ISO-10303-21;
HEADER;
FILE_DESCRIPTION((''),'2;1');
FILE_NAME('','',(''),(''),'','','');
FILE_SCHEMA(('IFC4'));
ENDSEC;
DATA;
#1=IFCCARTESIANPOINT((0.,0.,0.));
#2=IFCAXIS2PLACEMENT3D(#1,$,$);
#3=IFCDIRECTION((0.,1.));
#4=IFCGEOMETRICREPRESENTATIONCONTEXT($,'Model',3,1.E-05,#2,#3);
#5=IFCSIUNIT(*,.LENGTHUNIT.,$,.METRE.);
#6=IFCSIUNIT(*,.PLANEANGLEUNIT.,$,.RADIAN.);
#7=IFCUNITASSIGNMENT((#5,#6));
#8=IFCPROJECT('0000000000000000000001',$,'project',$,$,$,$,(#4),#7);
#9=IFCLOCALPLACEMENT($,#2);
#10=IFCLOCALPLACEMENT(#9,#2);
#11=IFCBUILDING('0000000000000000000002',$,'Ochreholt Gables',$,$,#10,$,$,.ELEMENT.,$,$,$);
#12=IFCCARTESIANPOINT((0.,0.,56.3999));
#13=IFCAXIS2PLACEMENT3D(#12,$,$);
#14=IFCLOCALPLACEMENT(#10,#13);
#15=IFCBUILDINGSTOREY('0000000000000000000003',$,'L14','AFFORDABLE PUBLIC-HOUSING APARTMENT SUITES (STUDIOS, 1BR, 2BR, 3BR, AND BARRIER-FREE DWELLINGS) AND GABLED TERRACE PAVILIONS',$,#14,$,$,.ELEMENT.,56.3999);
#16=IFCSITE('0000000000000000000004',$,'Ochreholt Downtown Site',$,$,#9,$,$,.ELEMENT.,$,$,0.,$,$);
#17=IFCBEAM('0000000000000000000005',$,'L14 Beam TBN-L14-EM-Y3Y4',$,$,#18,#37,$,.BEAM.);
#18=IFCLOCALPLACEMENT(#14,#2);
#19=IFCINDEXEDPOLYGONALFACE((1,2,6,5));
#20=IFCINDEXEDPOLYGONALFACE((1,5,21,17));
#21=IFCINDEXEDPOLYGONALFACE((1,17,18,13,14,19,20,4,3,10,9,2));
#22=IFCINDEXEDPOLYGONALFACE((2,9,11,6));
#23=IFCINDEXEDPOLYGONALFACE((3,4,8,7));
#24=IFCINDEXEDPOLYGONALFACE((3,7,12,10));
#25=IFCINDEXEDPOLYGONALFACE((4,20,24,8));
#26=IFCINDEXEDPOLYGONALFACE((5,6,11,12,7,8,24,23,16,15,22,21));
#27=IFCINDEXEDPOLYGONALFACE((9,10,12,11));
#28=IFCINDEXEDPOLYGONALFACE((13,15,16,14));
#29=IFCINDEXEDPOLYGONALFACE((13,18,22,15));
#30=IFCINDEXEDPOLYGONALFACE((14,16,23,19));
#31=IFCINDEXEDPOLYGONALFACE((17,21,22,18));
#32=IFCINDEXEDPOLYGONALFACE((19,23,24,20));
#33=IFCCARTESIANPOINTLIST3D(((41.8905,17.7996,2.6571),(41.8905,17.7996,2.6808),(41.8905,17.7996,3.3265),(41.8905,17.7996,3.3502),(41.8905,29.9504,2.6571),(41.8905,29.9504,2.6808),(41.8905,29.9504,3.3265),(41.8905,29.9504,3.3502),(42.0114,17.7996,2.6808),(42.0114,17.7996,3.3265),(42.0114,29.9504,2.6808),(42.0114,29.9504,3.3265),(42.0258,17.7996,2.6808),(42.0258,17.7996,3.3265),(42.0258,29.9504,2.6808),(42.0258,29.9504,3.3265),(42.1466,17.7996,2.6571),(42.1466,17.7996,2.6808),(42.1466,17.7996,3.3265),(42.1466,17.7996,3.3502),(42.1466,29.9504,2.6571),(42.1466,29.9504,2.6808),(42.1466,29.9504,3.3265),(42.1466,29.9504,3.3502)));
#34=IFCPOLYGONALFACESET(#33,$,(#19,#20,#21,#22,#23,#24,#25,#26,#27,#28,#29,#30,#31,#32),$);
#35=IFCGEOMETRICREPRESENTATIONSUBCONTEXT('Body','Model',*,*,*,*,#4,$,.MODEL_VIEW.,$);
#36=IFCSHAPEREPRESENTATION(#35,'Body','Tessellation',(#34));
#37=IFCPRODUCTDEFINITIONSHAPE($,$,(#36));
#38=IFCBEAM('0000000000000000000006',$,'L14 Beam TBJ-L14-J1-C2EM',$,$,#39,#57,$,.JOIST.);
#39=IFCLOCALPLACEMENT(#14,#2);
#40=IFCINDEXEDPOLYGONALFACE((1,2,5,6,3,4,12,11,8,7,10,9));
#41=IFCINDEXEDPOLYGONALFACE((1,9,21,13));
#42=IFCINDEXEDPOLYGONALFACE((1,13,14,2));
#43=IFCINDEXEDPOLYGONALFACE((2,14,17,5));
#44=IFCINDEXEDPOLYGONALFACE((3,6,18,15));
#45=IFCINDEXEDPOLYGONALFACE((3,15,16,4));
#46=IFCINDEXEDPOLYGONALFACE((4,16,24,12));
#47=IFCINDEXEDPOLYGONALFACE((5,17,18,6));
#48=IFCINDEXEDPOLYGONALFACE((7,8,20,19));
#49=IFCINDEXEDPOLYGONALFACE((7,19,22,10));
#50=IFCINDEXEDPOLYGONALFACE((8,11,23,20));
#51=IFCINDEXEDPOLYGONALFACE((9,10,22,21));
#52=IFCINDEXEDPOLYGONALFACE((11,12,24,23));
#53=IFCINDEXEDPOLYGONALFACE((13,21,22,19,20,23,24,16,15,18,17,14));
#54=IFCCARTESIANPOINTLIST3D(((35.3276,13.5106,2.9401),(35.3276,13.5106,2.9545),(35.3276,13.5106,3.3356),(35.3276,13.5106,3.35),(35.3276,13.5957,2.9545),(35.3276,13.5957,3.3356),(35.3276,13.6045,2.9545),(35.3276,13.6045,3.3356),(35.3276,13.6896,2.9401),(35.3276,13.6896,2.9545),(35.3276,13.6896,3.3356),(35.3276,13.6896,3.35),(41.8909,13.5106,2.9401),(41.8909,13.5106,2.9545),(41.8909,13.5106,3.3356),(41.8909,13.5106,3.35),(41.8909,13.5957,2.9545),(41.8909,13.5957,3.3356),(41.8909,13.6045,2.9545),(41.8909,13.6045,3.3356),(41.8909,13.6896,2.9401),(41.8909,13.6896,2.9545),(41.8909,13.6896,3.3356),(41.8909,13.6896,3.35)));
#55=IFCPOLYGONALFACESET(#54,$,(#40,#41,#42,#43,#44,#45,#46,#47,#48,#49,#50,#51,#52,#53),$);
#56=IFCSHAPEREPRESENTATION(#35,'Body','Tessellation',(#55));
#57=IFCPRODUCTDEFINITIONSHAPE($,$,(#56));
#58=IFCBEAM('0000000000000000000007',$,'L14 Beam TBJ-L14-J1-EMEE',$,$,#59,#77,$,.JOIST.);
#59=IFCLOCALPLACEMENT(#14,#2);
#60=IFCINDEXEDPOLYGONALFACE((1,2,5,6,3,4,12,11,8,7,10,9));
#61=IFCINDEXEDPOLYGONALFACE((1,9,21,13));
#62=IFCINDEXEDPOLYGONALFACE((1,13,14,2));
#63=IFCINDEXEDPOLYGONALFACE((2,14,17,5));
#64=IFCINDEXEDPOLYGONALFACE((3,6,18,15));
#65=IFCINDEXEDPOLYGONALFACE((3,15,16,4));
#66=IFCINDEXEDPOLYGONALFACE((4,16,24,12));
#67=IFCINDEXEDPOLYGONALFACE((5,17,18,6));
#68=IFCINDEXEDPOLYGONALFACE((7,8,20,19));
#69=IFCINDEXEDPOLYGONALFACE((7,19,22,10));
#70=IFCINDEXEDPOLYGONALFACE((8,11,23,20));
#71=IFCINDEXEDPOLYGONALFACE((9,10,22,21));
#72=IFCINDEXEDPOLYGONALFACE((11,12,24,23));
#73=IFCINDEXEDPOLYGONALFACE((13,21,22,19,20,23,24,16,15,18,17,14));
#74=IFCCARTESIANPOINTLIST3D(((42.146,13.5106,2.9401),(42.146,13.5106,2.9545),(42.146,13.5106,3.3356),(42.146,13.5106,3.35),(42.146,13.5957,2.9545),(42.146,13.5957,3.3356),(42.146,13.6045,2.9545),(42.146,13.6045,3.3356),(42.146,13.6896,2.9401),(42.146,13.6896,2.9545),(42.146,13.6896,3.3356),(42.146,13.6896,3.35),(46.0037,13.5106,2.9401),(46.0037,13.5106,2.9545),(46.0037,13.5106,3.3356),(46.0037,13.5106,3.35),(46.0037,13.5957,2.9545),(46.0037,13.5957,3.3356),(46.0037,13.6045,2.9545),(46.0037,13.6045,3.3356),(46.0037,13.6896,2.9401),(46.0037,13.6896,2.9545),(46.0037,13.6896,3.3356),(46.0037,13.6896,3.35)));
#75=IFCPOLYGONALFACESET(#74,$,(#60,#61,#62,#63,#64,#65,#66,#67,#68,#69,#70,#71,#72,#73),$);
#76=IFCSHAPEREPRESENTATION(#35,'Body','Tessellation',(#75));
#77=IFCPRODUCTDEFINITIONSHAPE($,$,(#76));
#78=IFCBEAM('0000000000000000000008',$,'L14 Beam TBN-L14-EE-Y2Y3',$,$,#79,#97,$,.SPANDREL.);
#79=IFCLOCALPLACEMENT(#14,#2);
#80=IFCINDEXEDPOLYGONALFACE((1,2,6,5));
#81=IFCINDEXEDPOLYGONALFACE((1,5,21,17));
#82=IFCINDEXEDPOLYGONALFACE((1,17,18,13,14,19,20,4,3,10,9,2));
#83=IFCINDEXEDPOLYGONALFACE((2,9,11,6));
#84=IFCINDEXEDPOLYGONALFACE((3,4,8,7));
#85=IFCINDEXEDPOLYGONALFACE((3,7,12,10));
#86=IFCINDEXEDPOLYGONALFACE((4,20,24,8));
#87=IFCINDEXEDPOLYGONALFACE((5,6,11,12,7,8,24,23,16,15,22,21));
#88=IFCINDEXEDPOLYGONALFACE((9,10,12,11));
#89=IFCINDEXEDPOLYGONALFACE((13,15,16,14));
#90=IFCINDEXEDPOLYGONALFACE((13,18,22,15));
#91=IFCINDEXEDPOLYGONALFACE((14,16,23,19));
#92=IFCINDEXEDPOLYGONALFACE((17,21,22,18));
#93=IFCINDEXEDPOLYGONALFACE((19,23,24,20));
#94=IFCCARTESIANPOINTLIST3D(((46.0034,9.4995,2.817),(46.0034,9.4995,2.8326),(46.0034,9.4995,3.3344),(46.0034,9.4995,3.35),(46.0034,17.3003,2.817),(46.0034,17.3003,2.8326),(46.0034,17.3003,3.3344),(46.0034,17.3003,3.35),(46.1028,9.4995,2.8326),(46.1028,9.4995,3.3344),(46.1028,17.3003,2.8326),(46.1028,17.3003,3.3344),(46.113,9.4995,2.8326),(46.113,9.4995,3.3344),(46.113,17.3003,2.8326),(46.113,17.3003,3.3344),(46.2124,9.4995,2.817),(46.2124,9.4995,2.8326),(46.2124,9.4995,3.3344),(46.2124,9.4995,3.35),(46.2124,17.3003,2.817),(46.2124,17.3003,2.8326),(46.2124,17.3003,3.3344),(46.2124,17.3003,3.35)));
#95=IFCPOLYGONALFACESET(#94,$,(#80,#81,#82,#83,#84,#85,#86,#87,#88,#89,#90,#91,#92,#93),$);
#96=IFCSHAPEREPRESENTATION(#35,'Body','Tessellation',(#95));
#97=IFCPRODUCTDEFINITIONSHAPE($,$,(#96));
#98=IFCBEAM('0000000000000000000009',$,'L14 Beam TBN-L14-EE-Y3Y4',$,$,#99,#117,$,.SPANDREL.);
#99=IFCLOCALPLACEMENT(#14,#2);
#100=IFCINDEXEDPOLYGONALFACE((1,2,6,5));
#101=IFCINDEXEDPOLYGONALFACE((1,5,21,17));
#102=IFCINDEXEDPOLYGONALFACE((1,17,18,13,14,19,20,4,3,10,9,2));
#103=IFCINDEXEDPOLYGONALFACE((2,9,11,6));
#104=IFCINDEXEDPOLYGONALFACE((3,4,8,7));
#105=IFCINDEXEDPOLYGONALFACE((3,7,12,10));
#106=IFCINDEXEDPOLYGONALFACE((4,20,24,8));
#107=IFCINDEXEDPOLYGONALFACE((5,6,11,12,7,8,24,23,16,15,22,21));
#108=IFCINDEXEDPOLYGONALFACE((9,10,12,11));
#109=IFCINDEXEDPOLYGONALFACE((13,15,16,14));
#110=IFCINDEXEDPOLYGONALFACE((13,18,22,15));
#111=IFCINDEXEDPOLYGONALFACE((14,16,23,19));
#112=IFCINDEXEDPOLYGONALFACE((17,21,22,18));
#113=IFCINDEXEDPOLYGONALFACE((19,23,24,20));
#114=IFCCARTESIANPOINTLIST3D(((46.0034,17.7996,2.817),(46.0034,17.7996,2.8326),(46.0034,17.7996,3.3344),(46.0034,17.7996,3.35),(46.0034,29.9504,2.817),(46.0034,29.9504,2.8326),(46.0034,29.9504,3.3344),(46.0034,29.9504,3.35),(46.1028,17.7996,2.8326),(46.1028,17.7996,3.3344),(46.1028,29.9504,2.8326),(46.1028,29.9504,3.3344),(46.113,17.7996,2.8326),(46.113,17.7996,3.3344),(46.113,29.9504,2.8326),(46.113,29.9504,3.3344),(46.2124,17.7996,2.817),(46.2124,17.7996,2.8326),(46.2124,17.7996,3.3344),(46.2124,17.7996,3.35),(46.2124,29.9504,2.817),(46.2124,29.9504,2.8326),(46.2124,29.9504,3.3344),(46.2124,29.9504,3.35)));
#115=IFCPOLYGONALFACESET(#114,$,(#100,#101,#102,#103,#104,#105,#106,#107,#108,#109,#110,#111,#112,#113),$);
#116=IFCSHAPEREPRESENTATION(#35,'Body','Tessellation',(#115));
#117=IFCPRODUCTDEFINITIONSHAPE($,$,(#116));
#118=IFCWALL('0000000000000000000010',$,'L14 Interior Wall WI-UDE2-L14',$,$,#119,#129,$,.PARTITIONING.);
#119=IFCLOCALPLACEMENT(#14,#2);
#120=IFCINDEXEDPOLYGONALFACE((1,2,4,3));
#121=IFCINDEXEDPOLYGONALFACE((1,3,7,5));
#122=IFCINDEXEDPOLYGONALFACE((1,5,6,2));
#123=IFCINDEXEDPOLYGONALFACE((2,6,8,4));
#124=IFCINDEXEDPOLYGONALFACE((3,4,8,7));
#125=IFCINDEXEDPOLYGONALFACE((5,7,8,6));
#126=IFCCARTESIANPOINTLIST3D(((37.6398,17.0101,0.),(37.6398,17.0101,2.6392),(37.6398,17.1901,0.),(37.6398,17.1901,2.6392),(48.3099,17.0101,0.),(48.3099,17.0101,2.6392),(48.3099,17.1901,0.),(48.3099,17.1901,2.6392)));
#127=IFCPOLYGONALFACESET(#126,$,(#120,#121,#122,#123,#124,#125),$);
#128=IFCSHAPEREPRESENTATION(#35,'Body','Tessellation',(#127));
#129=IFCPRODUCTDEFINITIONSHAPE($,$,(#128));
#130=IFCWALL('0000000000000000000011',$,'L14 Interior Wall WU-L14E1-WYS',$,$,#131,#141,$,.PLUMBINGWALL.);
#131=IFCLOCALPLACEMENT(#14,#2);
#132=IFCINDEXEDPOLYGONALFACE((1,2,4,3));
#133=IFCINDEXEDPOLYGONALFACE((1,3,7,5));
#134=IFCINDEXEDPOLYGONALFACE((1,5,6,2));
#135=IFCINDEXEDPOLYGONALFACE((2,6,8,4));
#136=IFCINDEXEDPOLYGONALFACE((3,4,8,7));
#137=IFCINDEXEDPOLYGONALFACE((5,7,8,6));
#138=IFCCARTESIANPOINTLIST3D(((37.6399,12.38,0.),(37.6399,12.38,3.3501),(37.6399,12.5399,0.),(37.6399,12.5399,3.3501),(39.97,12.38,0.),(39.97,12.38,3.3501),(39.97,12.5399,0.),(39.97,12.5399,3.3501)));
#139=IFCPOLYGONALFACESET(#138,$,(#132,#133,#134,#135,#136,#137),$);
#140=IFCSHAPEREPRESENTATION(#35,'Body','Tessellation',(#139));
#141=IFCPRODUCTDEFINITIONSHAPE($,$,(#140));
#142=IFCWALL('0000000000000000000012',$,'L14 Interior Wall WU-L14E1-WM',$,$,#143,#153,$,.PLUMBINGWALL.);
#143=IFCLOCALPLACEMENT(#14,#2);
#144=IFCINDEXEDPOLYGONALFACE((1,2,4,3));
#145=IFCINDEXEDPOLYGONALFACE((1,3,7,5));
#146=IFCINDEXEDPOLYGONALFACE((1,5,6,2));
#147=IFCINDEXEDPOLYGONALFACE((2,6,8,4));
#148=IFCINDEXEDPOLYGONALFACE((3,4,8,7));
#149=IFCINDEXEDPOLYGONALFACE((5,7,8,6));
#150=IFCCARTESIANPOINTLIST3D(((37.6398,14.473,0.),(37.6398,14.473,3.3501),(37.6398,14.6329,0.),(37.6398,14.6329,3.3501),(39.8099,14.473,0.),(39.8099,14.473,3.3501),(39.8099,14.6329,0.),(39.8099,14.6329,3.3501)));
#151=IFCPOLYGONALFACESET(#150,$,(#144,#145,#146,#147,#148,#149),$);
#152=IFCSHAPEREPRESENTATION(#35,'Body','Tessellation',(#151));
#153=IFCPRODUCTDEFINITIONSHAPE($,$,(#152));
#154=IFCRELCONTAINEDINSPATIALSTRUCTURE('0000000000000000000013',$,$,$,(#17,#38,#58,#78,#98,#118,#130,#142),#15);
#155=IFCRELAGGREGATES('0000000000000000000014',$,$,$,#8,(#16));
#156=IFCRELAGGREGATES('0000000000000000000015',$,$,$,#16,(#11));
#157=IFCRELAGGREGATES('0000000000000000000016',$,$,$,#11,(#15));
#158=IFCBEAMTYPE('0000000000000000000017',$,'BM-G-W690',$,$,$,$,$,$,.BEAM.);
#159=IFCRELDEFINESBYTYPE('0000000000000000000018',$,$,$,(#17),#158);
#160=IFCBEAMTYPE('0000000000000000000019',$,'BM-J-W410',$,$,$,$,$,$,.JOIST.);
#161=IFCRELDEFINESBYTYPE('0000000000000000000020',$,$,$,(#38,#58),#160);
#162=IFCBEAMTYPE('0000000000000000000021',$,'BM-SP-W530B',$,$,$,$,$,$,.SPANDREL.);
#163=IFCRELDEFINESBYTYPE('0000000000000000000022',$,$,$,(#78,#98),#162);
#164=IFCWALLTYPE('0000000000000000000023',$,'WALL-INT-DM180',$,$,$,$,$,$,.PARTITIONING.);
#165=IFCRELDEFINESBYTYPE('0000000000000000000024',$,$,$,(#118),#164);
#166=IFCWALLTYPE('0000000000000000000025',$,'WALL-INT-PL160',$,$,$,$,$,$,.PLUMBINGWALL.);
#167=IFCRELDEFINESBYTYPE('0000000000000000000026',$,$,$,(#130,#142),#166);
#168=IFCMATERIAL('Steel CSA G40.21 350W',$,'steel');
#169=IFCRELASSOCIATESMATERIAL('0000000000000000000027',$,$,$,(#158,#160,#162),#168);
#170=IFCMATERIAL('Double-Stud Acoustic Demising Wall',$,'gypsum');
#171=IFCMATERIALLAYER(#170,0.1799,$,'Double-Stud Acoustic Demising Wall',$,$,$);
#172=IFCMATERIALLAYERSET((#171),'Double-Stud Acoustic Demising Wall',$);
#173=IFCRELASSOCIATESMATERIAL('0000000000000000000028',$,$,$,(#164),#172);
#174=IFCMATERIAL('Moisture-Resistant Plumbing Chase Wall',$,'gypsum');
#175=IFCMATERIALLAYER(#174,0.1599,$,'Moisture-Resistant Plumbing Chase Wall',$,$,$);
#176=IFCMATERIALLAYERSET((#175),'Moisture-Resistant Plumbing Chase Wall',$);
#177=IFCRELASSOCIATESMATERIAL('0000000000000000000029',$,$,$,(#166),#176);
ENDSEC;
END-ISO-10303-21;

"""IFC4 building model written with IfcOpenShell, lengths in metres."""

from ifc_helpers import new_model, si_unit, direction, frame, frame_2d, origin, origin_2d, place, context, subcontext, project, spatial, rectangle, i_section, extrude, material, layer, layer_set, material_profile, profile_set, type_object, element, save


model = new_model("IFC4")

# Units and contexts
model_context = context("Model", 3, precision=1e-05, world=origin(), true_north=direction((0.0, 1.0)))
body_context = subcontext(model_context, "Body", "Model", "MODEL_VIEW")
ifc_project = project(units=[si_unit("LENGTHUNIT", "METRE"), si_unit("PLANEANGLEUNIT", "RADIAN")], contexts=[model_context])

# Site, building, storey
site_placement = place(None, origin())
site = spatial("IfcSite", under=ifc_project, at=site_placement, Name="Ochreholt Downtown Site", CompositionType="ELEMENT", RefElevation=0.0)
building_placement = place(site_placement, origin())
building = spatial("IfcBuilding", under=site, at=building_placement, Name="Ochreholt Gables", CompositionType="ELEMENT")
storey_placement = place(building_placement, frame((0.0, 0.0, 56.3999)))
storey = spatial("IfcBuildingStorey", under=building, at=storey_placement, Name="L14", Description="AFFORDABLE PUBLIC-HOUSING APARTMENT SUITES (STUDIOS, 1BR, 2BR, 3BR, AND BARRIER-FREE DWELLINGS) AND GABLED TERRACE PAVILIONS", CompositionType="ELEMENT", Elevation=56.3999)

# Shared definitions
ifc_material_1 = material(Name="Steel CSA G40.21 350W", Category="steel")

# Beams
ifc_material_profile_1 = material_profile(ifc_material_1, i_section(OverallWidth=0.2561, OverallDepth=0.6931, WebThickness=0.0144, FlangeThickness=0.0237, at=origin_2d()), Name="W690X170")
ifc_profile_set_1 = profile_set([ifc_material_profile_1], Name="Steel CSA G40.21 350W")
beam_type_1 = type_object("IfcBeamType", Name="BM-G-W690", PredefinedType="BEAM", material=ifc_profile_set_1)
beam_1_placement = place(storey_placement, frame((42.0186, 17.7996, 3.0037), z_axis=(0.0, 1.0, 0.0), x_axis=(-1.0, 0.0, 0.0)))
element("IfcBeam", 1, at=beam_1_placement, inside=storey, type_object=beam_type_1, Name="L14 Beam TBN-L14-EM-Y3Y4", PredefinedType="BEAM", context=body_context, shape_type="SweptSolid", body=[
    extrude(i_section(OverallWidth=0.2561, OverallDepth=0.6931, WebThickness=0.0144, FlangeThickness=0.0237, at=origin_2d()), origin(), (0.0, 0.0, 1.0), 12.1509),
])
ifc_material_profile_2 = material_profile(ifc_material_1, i_section(OverallWidth=0.179, OverallDepth=0.4099, WebThickness=0.0088, FlangeThickness=0.0144, at=origin_2d()), Name="W410X67")
ifc_profile_set_2 = profile_set([ifc_material_profile_2], Name="Steel CSA G40.21 350W")
beam_type_2 = type_object("IfcBeamType", Name="BM-J-W410", PredefinedType="JOIST", material=ifc_profile_set_2)
beam_2_placement = place(storey_placement, frame((35.3276, 13.6001, 3.145), z_axis=(1.0, 0.0, 0.0), x_axis=(0.0, 1.0, 0.0)))
element("IfcBeam", 2, at=beam_2_placement, inside=storey, type_object=beam_type_2, Name="L14 Beam TBJ-L14-J1-C2EM", PredefinedType="JOIST", context=body_context, shape_type="SweptSolid", body=[
    extrude(i_section(OverallWidth=0.179, OverallDepth=0.4099, WebThickness=0.0088, FlangeThickness=0.0144, at=origin_2d()), origin(), (0.0, 0.0, 1.0), 6.5632),
])
beam_3_placement = place(storey_placement, frame((42.146, 13.6001, 3.145), z_axis=(1.0, 0.0, 0.0), x_axis=(0.0, 1.0, 0.0)))
element("IfcBeam", 3, at=beam_3_placement, inside=storey, type_object=beam_type_2, Name="L14 Beam TBJ-L14-J1-EMEE", PredefinedType="JOIST", context=body_context, shape_type="SweptSolid", body=[
    extrude(i_section(OverallWidth=0.179, OverallDepth=0.4099, WebThickness=0.0088, FlangeThickness=0.0144, at=origin_2d()), origin(), (0.0, 0.0, 1.0), 3.8577),
])
ifc_material_profile_3 = material_profile(ifc_material_1, i_section(OverallWidth=0.209, OverallDepth=0.533, WebThickness=0.0103, FlangeThickness=0.0156, at=origin_2d()), Name="W530X92")
ifc_profile_set_3 = profile_set([ifc_material_profile_3], Name="Steel CSA G40.21 350W")
beam_type_3 = type_object("IfcBeamType", Name="BM-SP-W530B", PredefinedType="SPANDREL", material=ifc_profile_set_3)
beam_4_placement = place(storey_placement, frame((46.1079, 9.4995, 3.0835), z_axis=(0.0, 1.0, 0.0), x_axis=(-1.0, 0.0, 0.0)))
element("IfcBeam", 4, at=beam_4_placement, inside=storey, type_object=beam_type_3, Name="L14 Beam TBN-L14-EE-Y2Y3", PredefinedType="SPANDREL", context=body_context, shape_type="SweptSolid", body=[
    extrude(i_section(OverallWidth=0.209, OverallDepth=0.533, WebThickness=0.0103, FlangeThickness=0.0156, at=origin_2d()), origin(), (0.0, 0.0, 1.0), 7.8008),
])
beam_5_placement = place(storey_placement, frame((46.1079, 17.7996, 3.0835), z_axis=(0.0, 1.0, 0.0), x_axis=(-1.0, 0.0, 0.0)))
element("IfcBeam", 5, at=beam_5_placement, inside=storey, type_object=beam_type_3, Name="L14 Beam TBN-L14-EE-Y3Y4", PredefinedType="SPANDREL", context=body_context, shape_type="SweptSolid", body=[
    extrude(i_section(OverallWidth=0.209, OverallDepth=0.533, WebThickness=0.0103, FlangeThickness=0.0156, at=origin_2d()), origin(), (0.0, 0.0, 1.0), 12.1509),
])

# Walls
ifc_material_2 = material(Name="Double-Stud Acoustic Demising Wall", Category="gypsum")
ifc_layer_1 = layer(ifc_material_2, 0.1799, Name="Double-Stud Acoustic Demising Wall")
ifc_layer_set_1 = layer_set([ifc_layer_1], Name="Double-Stud Acoustic Demising Wall")
wall_type_1 = type_object("IfcWallType", Name="WALL-INT-DM180", PredefinedType="PARTITIONING", material=ifc_layer_set_1)
wall_1_placement = place(storey_placement, frame((37.6399, 17.1001, 0.0), z_axis=(0.0, 0.0, 1.0), x_axis=(1.0, 0.0, 0.0)))
element("IfcWall", 6, at=wall_1_placement, inside=storey, type_object=wall_type_1, Name="L14 Interior Wall WI-UDE2-L14", PredefinedType="PARTITIONING", context=body_context, shape_type="SweptSolid", body=[
    extrude(rectangle(XDim=10.6702, YDim=0.1799, at=frame_2d((5.335, 0.0))), origin(), (0.0, 0.0, 1.0), 2.6392),
])
ifc_material_3 = material(Name="Moisture-Resistant Plumbing Chase Wall", Category="gypsum")
ifc_layer_2 = layer(ifc_material_3, 0.1599, Name="Moisture-Resistant Plumbing Chase Wall")
ifc_layer_set_2 = layer_set([ifc_layer_2], Name="Moisture-Resistant Plumbing Chase Wall")
wall_type_2 = type_object("IfcWallType", Name="WALL-INT-PL160", PredefinedType="PLUMBINGWALL", material=ifc_layer_set_2)
wall_2_placement = place(storey_placement, frame((37.6399, 12.46, 0.0), z_axis=(0.0, 0.0, 1.0), x_axis=(1.0, 0.0, 0.0)))
element("IfcWall", 7, at=wall_2_placement, inside=storey, type_object=wall_type_2, Name="L14 Interior Wall WU-L14E1-WYS", PredefinedType="PLUMBINGWALL", context=body_context, shape_type="SweptSolid", body=[
    extrude(rectangle(XDim=2.3301, YDim=0.1599, at=frame_2d((1.165, 0.0))), origin(), (0.0, 0.0, 1.0), 3.3501),
])

# Wall
wall_3_placement = place(storey_placement, frame((37.6399, 14.553, 0.0), z_axis=(0.0, 0.0, 1.0), x_axis=(1.0, 0.0, 0.0)))
element("IfcWall", 8, at=wall_3_placement, inside=storey, type_object=wall_type_2, Name="L14 Interior Wall WU-L14E1-WM", PredefinedType="PLUMBINGWALL", context=body_context, shape_type="SweptSolid", body=[
    extrude(rectangle(XDim=2.1702, YDim=0.1599, at=frame_2d((1.085, 0.0))), origin(), (0.0, 0.0, 1.0), 3.3501),
])

save(model, "model.ifc")
